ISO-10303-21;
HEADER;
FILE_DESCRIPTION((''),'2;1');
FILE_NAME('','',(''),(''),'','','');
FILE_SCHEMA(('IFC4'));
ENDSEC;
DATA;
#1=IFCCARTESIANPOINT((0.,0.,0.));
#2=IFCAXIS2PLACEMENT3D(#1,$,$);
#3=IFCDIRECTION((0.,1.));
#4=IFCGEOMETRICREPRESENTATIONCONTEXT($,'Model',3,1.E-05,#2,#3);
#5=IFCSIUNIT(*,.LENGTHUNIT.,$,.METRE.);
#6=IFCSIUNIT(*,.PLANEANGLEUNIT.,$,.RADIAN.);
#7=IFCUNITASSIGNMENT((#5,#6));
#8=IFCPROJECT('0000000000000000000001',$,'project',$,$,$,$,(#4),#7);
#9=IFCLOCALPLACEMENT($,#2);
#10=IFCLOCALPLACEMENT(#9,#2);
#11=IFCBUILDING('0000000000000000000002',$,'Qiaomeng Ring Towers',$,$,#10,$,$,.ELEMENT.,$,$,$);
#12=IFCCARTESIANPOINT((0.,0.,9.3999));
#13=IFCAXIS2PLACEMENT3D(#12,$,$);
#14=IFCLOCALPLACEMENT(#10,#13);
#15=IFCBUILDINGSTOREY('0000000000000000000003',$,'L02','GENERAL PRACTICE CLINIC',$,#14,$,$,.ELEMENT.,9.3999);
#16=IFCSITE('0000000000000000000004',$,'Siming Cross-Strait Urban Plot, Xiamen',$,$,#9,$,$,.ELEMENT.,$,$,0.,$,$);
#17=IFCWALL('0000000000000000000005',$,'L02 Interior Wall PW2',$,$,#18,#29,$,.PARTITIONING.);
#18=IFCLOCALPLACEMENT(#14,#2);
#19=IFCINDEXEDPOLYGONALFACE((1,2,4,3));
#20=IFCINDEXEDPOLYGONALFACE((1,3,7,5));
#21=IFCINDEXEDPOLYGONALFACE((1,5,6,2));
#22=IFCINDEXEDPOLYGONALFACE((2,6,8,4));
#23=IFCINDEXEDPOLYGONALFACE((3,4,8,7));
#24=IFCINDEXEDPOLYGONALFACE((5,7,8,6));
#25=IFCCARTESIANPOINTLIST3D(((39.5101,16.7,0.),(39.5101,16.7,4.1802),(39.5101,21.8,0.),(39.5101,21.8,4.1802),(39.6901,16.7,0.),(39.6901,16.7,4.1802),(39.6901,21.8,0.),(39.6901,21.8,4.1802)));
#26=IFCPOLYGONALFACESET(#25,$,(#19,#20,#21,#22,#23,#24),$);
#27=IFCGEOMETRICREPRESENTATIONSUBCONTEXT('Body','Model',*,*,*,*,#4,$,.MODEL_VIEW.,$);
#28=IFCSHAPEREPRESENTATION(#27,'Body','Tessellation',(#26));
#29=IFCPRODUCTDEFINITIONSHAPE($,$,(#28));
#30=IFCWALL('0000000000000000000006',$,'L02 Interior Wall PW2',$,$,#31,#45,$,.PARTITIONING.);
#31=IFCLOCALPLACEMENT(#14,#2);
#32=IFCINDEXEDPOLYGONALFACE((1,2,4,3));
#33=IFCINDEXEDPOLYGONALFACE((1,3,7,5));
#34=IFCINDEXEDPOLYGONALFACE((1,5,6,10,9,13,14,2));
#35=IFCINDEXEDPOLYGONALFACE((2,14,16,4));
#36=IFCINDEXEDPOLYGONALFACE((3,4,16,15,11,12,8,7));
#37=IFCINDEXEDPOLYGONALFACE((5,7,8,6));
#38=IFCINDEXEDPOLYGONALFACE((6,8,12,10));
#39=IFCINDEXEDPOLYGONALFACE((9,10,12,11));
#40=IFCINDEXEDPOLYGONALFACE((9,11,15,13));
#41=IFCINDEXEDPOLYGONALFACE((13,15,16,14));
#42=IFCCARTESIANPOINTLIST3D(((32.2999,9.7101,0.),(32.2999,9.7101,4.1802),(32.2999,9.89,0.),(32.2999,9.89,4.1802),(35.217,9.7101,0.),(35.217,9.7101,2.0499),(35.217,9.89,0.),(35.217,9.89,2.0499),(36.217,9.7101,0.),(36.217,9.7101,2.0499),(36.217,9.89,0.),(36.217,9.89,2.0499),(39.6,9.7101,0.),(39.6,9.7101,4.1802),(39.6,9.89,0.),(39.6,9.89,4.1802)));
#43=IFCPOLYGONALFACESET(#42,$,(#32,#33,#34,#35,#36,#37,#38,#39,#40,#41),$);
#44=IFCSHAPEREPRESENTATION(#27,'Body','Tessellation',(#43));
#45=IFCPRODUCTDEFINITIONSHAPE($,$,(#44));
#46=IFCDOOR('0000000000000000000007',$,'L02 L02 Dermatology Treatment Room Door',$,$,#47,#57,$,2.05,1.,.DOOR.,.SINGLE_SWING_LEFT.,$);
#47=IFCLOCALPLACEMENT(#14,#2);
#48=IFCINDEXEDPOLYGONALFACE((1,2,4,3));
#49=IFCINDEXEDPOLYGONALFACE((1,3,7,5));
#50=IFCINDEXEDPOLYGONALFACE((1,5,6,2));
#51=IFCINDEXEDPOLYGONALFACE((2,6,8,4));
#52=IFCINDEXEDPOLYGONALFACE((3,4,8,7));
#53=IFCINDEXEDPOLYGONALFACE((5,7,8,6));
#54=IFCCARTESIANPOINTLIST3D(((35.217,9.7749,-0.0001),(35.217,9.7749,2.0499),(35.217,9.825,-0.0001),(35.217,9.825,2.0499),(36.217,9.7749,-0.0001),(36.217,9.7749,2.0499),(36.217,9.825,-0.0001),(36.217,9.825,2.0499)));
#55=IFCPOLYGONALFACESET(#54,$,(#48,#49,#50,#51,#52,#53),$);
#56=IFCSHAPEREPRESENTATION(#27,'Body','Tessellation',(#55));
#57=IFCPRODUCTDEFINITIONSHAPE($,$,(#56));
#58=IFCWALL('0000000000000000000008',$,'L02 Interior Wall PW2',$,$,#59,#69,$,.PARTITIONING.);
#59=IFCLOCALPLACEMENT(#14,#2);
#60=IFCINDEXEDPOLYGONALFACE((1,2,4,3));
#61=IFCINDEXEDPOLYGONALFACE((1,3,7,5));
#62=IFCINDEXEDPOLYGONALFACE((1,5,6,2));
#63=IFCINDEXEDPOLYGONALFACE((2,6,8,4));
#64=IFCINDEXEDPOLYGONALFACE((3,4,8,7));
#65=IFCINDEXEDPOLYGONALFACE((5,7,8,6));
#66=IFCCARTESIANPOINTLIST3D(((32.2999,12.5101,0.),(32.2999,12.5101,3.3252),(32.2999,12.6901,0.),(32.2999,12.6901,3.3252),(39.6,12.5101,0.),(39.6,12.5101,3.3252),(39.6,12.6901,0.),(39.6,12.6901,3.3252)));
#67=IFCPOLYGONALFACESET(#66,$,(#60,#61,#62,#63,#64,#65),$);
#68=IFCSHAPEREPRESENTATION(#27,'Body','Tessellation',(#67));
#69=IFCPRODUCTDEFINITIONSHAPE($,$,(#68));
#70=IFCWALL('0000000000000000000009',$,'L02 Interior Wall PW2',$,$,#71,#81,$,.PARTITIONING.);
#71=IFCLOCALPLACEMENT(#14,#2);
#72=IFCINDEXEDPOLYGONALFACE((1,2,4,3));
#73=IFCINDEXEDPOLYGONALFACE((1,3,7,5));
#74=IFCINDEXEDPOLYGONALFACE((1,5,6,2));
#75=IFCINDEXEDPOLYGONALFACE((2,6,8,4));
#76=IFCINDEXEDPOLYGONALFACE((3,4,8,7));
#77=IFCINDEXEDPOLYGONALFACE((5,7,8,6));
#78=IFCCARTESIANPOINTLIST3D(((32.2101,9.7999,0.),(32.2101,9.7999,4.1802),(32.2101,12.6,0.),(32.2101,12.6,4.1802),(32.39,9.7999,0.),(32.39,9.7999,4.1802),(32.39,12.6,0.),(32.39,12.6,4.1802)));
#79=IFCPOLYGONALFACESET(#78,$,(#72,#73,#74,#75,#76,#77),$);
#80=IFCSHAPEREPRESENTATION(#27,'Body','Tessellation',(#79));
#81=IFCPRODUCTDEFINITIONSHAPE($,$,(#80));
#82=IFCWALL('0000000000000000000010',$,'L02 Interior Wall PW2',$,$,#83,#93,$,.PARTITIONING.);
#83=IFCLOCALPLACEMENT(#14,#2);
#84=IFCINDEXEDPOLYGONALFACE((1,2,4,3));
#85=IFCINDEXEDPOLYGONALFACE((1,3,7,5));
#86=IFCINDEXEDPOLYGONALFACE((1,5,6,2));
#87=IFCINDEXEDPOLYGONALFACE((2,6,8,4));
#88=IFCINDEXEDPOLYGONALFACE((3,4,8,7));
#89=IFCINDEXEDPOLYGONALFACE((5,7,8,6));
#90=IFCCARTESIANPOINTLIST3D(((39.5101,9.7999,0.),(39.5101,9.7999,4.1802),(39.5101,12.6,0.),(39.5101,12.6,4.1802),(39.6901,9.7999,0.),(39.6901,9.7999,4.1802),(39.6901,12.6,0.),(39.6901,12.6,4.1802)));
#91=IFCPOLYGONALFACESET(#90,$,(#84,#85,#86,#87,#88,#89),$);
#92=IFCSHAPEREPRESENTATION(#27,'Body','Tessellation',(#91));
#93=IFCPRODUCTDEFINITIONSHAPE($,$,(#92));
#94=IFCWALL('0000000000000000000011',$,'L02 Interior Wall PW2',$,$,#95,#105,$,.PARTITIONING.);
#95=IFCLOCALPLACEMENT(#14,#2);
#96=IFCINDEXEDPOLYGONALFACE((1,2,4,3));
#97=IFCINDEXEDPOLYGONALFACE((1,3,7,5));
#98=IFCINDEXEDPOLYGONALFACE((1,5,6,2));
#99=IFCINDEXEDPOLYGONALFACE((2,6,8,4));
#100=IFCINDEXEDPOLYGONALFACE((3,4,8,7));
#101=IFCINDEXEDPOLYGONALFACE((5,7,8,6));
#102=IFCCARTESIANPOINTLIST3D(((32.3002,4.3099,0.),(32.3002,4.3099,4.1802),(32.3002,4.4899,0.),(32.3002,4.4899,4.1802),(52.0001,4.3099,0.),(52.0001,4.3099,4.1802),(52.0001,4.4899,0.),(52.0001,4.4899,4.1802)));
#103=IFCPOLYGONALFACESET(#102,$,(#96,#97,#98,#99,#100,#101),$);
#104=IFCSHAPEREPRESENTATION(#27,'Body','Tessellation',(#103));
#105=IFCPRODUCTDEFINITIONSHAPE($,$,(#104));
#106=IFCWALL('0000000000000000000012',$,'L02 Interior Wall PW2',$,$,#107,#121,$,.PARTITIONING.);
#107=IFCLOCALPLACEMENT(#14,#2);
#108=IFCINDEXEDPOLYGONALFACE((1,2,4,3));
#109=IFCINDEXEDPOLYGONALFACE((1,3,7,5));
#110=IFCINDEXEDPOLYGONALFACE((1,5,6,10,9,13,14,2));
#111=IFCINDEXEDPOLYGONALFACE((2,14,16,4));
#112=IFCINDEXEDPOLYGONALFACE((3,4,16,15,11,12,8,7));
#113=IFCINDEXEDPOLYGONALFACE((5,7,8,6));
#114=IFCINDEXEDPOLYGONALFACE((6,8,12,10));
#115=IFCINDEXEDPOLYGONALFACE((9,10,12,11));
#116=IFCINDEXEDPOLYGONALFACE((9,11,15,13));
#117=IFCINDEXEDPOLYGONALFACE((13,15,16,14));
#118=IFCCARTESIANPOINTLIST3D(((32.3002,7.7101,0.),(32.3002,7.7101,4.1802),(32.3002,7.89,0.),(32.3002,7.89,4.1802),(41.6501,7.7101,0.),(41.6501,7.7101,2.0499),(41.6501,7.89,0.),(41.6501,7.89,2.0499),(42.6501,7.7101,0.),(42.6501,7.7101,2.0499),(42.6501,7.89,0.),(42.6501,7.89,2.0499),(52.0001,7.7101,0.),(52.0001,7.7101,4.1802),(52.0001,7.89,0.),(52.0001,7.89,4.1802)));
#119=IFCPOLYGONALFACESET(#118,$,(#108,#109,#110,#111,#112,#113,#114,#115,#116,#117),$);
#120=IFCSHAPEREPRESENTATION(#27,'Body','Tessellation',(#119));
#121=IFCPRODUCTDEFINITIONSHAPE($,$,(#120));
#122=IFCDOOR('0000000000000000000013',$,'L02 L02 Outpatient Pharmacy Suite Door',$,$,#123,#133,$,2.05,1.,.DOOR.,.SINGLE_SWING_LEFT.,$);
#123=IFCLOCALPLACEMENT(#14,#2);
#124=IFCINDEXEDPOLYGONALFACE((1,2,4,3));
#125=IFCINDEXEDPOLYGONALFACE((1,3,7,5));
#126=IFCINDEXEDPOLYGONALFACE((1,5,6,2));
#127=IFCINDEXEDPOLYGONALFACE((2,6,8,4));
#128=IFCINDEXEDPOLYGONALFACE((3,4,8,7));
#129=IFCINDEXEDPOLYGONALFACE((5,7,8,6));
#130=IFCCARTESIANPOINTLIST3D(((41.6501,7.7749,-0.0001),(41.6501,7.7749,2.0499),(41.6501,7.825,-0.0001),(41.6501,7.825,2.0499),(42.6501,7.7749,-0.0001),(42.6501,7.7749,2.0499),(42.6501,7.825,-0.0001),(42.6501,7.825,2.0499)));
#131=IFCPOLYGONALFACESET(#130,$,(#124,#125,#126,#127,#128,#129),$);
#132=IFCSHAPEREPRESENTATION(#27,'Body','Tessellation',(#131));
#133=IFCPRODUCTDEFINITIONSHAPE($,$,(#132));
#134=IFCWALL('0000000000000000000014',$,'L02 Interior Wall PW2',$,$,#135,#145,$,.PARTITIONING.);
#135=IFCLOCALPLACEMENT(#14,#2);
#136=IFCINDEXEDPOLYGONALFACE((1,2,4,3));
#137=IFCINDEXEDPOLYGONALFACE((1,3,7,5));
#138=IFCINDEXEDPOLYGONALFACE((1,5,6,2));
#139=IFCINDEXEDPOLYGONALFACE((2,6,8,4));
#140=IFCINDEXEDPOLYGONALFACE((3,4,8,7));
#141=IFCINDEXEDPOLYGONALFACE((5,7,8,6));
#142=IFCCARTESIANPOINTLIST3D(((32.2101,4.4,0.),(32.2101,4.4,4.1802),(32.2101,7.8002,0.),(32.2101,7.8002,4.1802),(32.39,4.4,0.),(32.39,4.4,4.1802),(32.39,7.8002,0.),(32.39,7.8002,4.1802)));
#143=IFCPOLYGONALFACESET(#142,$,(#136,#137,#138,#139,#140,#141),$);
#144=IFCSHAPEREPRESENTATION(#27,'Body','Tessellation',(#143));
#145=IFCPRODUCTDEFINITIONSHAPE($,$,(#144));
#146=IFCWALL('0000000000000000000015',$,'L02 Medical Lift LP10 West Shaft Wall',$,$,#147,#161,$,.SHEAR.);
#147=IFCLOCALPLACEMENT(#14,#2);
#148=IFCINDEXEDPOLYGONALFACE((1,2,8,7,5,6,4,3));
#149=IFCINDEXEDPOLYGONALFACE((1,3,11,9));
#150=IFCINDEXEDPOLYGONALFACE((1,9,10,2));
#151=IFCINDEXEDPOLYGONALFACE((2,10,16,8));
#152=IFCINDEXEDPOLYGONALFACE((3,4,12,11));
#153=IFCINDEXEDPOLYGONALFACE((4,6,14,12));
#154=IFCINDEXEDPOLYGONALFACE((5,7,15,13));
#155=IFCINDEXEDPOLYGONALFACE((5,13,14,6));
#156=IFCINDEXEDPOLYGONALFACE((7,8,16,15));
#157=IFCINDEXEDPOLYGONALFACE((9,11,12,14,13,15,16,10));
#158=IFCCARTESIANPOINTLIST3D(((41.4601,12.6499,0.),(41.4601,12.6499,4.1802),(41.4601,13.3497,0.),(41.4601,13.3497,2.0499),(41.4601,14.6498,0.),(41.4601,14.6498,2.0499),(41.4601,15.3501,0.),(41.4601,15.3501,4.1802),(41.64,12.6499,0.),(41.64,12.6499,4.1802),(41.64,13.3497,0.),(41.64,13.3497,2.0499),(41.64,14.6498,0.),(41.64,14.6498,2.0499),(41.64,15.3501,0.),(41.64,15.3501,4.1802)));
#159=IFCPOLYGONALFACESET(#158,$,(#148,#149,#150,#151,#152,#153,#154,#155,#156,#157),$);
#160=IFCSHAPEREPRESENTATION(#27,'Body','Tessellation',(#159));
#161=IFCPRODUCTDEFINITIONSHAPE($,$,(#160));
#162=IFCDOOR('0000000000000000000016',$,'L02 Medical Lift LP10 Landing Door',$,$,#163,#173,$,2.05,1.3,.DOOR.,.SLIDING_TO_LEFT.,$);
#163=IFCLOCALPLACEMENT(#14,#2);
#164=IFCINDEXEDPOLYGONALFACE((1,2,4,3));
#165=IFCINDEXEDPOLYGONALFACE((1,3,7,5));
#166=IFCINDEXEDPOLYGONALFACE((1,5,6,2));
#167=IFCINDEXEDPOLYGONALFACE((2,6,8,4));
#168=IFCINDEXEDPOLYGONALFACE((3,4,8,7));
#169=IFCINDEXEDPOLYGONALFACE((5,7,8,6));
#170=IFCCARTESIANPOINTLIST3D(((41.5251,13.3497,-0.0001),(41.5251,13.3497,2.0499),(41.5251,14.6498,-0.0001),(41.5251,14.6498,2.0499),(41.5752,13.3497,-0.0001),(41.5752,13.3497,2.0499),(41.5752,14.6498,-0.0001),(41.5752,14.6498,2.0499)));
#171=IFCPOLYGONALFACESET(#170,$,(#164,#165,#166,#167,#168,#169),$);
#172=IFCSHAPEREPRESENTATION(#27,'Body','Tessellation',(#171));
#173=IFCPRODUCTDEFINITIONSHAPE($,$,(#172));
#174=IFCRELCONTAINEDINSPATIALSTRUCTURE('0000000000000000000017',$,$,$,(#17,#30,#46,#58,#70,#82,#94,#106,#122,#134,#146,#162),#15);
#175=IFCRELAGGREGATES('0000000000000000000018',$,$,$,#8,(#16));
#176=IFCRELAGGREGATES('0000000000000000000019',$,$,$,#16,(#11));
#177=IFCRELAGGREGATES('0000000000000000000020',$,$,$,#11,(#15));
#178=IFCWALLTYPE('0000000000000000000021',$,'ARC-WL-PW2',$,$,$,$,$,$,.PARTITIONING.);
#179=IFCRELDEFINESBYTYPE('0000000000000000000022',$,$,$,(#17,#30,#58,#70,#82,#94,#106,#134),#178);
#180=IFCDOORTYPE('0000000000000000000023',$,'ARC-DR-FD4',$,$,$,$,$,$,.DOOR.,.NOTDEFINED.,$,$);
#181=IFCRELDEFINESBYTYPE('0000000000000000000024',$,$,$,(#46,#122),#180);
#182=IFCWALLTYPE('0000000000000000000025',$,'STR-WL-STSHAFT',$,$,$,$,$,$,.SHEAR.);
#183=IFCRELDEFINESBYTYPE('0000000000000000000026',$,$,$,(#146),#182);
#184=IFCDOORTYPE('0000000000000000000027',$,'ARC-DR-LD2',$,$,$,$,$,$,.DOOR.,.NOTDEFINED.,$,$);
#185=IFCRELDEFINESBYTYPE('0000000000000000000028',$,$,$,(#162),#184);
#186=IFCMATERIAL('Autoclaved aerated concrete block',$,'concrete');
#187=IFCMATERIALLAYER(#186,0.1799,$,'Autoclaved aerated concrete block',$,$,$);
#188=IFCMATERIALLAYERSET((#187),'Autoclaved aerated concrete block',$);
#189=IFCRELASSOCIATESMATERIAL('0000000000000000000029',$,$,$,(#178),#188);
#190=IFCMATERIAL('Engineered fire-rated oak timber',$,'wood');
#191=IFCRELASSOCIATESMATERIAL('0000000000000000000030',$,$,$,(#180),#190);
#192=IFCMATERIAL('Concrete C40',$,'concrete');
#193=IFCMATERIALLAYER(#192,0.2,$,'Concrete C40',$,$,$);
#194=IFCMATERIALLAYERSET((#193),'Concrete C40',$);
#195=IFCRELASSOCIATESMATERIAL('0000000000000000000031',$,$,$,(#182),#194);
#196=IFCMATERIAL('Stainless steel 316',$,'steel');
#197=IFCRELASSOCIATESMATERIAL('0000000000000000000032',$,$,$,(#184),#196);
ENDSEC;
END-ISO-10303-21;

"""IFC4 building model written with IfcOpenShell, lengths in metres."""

from ifc_helpers import new_model, si_unit, direction, frame, frame_2d, origin, place, context, subcontext, project, spatial, rectangle, extrude, source, transform, mapped, material, layer, layer_set, type_object, element, fill, save


model = new_model("IFC4")

# Units and contexts
model_context = context("Model", 3, precision=1e-05, world=origin(), true_north=direction((0.0, 1.0)))
body_context = subcontext(model_context, "Body", "Model", "MODEL_VIEW")
ifc_project = project(units=[si_unit("LENGTHUNIT", "METRE"), si_unit("PLANEANGLEUNIT", "RADIAN")], contexts=[model_context])

# Site, building, storey
site_placement = place(None, origin())
site = spatial("IfcSite", under=ifc_project, at=site_placement, Name="Siming Cross-Strait Urban Plot, Xiamen", CompositionType="ELEMENT", RefElevation=0.0)
building_placement = place(site_placement, origin())
building = spatial("IfcBuilding", under=site, at=building_placement, Name="Qiaomeng Ring Towers", CompositionType="ELEMENT")
storey_placement = place(building_placement, frame((0.0, 0.0, 9.3999)))
storey = spatial("IfcBuildingStorey", under=building, at=storey_placement, Name="L02", Description="GENERAL PRACTICE CLINIC", CompositionType="ELEMENT", Elevation=9.3999)

# Wall
ifc_material_1 = material(Name="Autoclaved aerated concrete block", Category="concrete")
ifc_layer_1 = layer(ifc_material_1, 0.1799, Name="Autoclaved aerated concrete block")
ifc_layer_set_1 = layer_set([ifc_layer_1], Name="Autoclaved aerated concrete block")
wall_type_1 = type_object("IfcWallType", Name="ARC-WL-PW2", PredefinedType="PARTITIONING", material=ifc_layer_set_1)
for number, where, z_axis, x_axis, name in (
    (1, (39.6001, 16.7, 0.0), (0.0, 0.0, 1.0), (0.0, 1.0, 0.0), "L02 Interior Wall PW2"),
):
    element("IfcWall", number, at=place(storey_placement, frame(where, z_axis=z_axis, x_axis=x_axis)), inside=storey, type_object=wall_type_1, Name=name, PredefinedType="PARTITIONING", context=body_context, shape_type="SweptSolid", body=[
        extrude(rectangle(XDim=5.1001, YDim=0.1799, at=frame_2d((2.55, 0.0))), origin(), (0.0, 0.0, 1.0), 4.1802),
    ])

# Wall, opening, door
wall_1_placement = place(storey_placement, frame((32.3, 9.8, 0.0), z_axis=(0.0, 0.0, 1.0), x_axis=(1.0, 0.0, 0.0)))
wall_1 = element("IfcWall", 2, at=wall_1_placement, inside=storey, type_object=wall_type_1, Name="L02 Interior Wall PW2", PredefinedType="PARTITIONING", context=body_context, shape_type="SweptSolid", body=[
    extrude(rectangle(XDim=7.3, YDim=0.1799, at=frame_2d((3.6499, 0.0))), origin(), (0.0, 0.0, 1.0), 4.1802),
])
opening_1_placement = place(wall_1_placement, frame((2.917, 0.0, 0.0)))
opening_1 = element("IfcOpeningElement", 3, at=opening_1_placement, cuts=wall_1, PredefinedType="OPENING", context=body_context, shape_type="SweptSolid", body=[
    extrude(rectangle(XDim=1.0, YDim=2.05, at=frame_2d((0.5, 1.0249))), frame((0.0, 0.0999, 0.0), z_axis=(0.0, -1.0, 0.0), x_axis=(1.0, 0.0, 0.0)), (0.0, 0.0, 1.0), 0.2),
])
ifc_material_2 = material(Name="Engineered fire-rated oak timber", Category="wood")
door_type_1 = type_object("IfcDoorType", Name="ARC-DR-FD4", OperationType="NOTDEFINED", PredefinedType="DOOR", material=ifc_material_2)
shared_shape_1 = source(origin(), body_context, "Body", "SweptSolid", [
    extrude(rectangle(XDim=1.0, YDim=2.05, at=frame_2d((0.5, 1.0249))), frame((0.0, 0.0249, 0.0), z_axis=(0.0, -1.0, 0.0), x_axis=(1.0, 0.0, 0.0)), (0.0, 0.0, 1.0), 0.05),
])
door_1_placement = place(opening_1_placement, origin())
door_1 = element("IfcDoor", 4, at=door_1_placement, inside=storey, type_object=door_type_1, Name="L02 L02 Dermatology Treatment Room Door", OperationType="SINGLE_SWING_LEFT", OverallHeight=2.05, OverallWidth=1.0, PredefinedType="DOOR", context=body_context, shape_type="MappedRepresentation", body=[
    mapped(shared_shape_1, transform((0.0, 0.0, 0.0), x_axis=(1.0, 0.0, 0.0), y_axis=(0.0, 1.0, 0.0), z_axis=(0.0, 0.0, 1.0), scale=1.0)),
])
fill(opening_1, door_1)

# Walls
wall_2_placement = place(storey_placement, frame((32.3, 12.6001, 0.0), z_axis=(0.0, 0.0, 1.0), x_axis=(1.0, 0.0, 0.0)))
element("IfcWall", 5, at=wall_2_placement, inside=storey, type_object=wall_type_1, Name="L02 Interior Wall PW2", PredefinedType="PARTITIONING", context=body_context, shape_type="SweptSolid", body=[
    extrude(rectangle(XDim=7.3, YDim=0.1799, at=frame_2d((3.6499, 0.0))), origin(), (0.0, 0.0, 1.0), 3.3252),
])
for number, where, z_axis, x_axis, name in (
    (6, (32.3, 9.8, 0.0), (0.0, 0.0, 1.0), (0.0, 1.0, 0.0), "L02 Interior Wall PW2"),
    (7, (39.6001, 9.8, 0.0), (0.0, 0.0, 1.0), (0.0, 1.0, 0.0), "L02 Interior Wall PW2"),
):
    element("IfcWall", number, at=place(storey_placement, frame(where, z_axis=z_axis, x_axis=x_axis)), inside=storey, type_object=wall_type_1, Name=name, PredefinedType="PARTITIONING", context=body_context, shape_type="SweptSolid", body=[
        extrude(rectangle(XDim=2.8, YDim=0.1799, at=frame_2d((1.3999, 0.0))), origin(), (0.0, 0.0, 1.0), 4.1802),
    ])
wall_3_placement = place(storey_placement, frame((32.3, 4.3999, 0.0), z_axis=(0.0, 0.0, 1.0), x_axis=(1.0, 0.0, 0.0)))
element("IfcWall", 8, at=wall_3_placement, inside=storey, type_object=wall_type_1, Name="L02 Interior Wall PW2", PredefinedType="PARTITIONING", context=body_context, shape_type="SweptSolid", body=[
    extrude(rectangle(XDim=19.7, YDim=0.1799, at=frame_2d((9.8501, 0.0))), origin(), (0.0, 0.0, 1.0), 4.1802),
])

# Wall, opening, door
wall_4_placement = place(storey_placement, frame((32.3, 7.8, 0.0), z_axis=(0.0, 0.0, 1.0), x_axis=(1.0, 0.0, 0.0)))
wall_4 = element("IfcWall", 9, at=wall_4_placement, inside=storey, type_object=wall_type_1, Name="L02 Interior Wall PW2", PredefinedType="PARTITIONING", context=body_context, shape_type="SweptSolid", body=[
    extrude(rectangle(XDim=19.7, YDim=0.1799, at=frame_2d((9.8501, 0.0))), origin(), (0.0, 0.0, 1.0), 4.1802),
])
opening_2_placement = place(wall_4_placement, frame((9.3501, 0.0, 0.0)))
opening_2 = element("IfcOpeningElement", 10, at=opening_2_placement, cuts=wall_4, PredefinedType="OPENING", context=body_context, shape_type="SweptSolid", body=[
    extrude(rectangle(XDim=1.0, YDim=2.05, at=frame_2d((0.5, 1.0249))), frame((0.0, 0.0999, 0.0), z_axis=(0.0, -1.0, 0.0), x_axis=(1.0, 0.0, 0.0)), (0.0, 0.0, 1.0), 0.2),
])
door_2_placement = place(opening_2_placement, origin())
door_2 = element("IfcDoor", 11, at=door_2_placement, inside=storey, type_object=door_type_1, Name="L02 L02 Outpatient Pharmacy Suite Door", OperationType="SINGLE_SWING_LEFT", OverallHeight=2.05, OverallWidth=1.0, PredefinedType="DOOR", context=body_context, shape_type="MappedRepresentation", body=[
    mapped(shared_shape_1, transform((0.0, 0.0, 0.0), x_axis=(1.0, 0.0, 0.0), y_axis=(0.0, 1.0, 0.0), z_axis=(0.0, 0.0, 1.0), scale=1.0)),
])
fill(opening_2, door_2)

# Wall
wall_5_placement = place(storey_placement, frame((32.3, 4.3999, 0.0), z_axis=(0.0, 0.0, 1.0), x_axis=(0.0, 1.0, 0.0)))
element("IfcWall", 12, at=wall_5_placement, inside=storey, type_object=wall_type_1, Name="L02 Interior Wall PW2", PredefinedType="PARTITIONING", context=body_context, shape_type="SweptSolid", body=[
    extrude(rectangle(XDim=3.4001, YDim=0.1799, at=frame_2d((1.7002, 0.0))), origin(), (0.0, 0.0, 1.0), 4.1802),
])

# Wall, opening, door
ifc_material_3 = material(Name="Concrete C40", Category="concrete")
ifc_layer_2 = layer(ifc_material_3, 0.2, Name="Concrete C40")
ifc_layer_set_2 = layer_set([ifc_layer_2], Name="Concrete C40")
wall_type_2 = type_object("IfcWallType", Name="STR-WL-STSHAFT", PredefinedType="SHEAR", material=ifc_layer_set_2)
wall_6_placement = place(storey_placement, frame((41.55, 12.6499, 0.0), z_axis=(0.0, 0.0, 1.0), x_axis=(0.0, 1.0, 0.0)))
wall_6 = element("IfcWall", 13, at=wall_6_placement, inside=storey, type_object=wall_type_2, Name="L02 Medical Lift LP10 West Shaft Wall", PredefinedType="SHEAR", context=body_context, shape_type="SweptSolid", body=[
    extrude(rectangle(XDim=2.7002, YDim=0.1799, at=frame_2d((1.3501, 0.0))), origin(), (0.0, 0.0, 1.0), 4.1802),
])
opening_3_placement = place(wall_6_placement, frame((0.7, 0.0, 0.0)))
opening_3 = element("IfcOpeningElement", 14, at=opening_3_placement, cuts=wall_6, PredefinedType="OPENING", context=body_context, shape_type="SweptSolid", body=[
    extrude(rectangle(XDim=1.3, YDim=2.05, at=frame_2d((0.6499, 1.0249))), frame((0.0, 0.0999, 0.0), z_axis=(0.0, -1.0, 0.0), x_axis=(1.0, 0.0, 0.0)), (0.0, 0.0, 1.0), 0.2),
])
ifc_material_4 = material(Name="Stainless steel 316", Category="steel")
door_type_2 = type_object("IfcDoorType", Name="ARC-DR-LD2", OperationType="NOTDEFINED", PredefinedType="DOOR", material=ifc_material_4)
shared_shape_2 = source(origin(), body_context, "Body", "SweptSolid", [
    extrude(rectangle(XDim=1.3, YDim=2.05, at=frame_2d((0.6499, 1.0249))), frame((0.0, 0.0249, 0.0), z_axis=(0.0, -1.0, 0.0), x_axis=(1.0, 0.0, 0.0)), (0.0, 0.0, 1.0), 0.05),
])
door_3_placement = place(opening_3_placement, origin())
door_3 = element("IfcDoor", 15, at=door_3_placement, inside=storey, type_object=door_type_2, Name="L02 Medical Lift LP10 Landing Door", OperationType="SLIDING_TO_LEFT", OverallHeight=2.05, OverallWidth=1.3, PredefinedType="DOOR", context=body_context, shape_type="MappedRepresentation", body=[
    mapped(shared_shape_2, transform((0.0, 0.0, 0.0), x_axis=(1.0, 0.0, 0.0), y_axis=(0.0, 1.0, 0.0), z_axis=(0.0, 0.0, 1.0), scale=1.0)),
])
fill(opening_3, door_3)

save(model, "model.ifc")
